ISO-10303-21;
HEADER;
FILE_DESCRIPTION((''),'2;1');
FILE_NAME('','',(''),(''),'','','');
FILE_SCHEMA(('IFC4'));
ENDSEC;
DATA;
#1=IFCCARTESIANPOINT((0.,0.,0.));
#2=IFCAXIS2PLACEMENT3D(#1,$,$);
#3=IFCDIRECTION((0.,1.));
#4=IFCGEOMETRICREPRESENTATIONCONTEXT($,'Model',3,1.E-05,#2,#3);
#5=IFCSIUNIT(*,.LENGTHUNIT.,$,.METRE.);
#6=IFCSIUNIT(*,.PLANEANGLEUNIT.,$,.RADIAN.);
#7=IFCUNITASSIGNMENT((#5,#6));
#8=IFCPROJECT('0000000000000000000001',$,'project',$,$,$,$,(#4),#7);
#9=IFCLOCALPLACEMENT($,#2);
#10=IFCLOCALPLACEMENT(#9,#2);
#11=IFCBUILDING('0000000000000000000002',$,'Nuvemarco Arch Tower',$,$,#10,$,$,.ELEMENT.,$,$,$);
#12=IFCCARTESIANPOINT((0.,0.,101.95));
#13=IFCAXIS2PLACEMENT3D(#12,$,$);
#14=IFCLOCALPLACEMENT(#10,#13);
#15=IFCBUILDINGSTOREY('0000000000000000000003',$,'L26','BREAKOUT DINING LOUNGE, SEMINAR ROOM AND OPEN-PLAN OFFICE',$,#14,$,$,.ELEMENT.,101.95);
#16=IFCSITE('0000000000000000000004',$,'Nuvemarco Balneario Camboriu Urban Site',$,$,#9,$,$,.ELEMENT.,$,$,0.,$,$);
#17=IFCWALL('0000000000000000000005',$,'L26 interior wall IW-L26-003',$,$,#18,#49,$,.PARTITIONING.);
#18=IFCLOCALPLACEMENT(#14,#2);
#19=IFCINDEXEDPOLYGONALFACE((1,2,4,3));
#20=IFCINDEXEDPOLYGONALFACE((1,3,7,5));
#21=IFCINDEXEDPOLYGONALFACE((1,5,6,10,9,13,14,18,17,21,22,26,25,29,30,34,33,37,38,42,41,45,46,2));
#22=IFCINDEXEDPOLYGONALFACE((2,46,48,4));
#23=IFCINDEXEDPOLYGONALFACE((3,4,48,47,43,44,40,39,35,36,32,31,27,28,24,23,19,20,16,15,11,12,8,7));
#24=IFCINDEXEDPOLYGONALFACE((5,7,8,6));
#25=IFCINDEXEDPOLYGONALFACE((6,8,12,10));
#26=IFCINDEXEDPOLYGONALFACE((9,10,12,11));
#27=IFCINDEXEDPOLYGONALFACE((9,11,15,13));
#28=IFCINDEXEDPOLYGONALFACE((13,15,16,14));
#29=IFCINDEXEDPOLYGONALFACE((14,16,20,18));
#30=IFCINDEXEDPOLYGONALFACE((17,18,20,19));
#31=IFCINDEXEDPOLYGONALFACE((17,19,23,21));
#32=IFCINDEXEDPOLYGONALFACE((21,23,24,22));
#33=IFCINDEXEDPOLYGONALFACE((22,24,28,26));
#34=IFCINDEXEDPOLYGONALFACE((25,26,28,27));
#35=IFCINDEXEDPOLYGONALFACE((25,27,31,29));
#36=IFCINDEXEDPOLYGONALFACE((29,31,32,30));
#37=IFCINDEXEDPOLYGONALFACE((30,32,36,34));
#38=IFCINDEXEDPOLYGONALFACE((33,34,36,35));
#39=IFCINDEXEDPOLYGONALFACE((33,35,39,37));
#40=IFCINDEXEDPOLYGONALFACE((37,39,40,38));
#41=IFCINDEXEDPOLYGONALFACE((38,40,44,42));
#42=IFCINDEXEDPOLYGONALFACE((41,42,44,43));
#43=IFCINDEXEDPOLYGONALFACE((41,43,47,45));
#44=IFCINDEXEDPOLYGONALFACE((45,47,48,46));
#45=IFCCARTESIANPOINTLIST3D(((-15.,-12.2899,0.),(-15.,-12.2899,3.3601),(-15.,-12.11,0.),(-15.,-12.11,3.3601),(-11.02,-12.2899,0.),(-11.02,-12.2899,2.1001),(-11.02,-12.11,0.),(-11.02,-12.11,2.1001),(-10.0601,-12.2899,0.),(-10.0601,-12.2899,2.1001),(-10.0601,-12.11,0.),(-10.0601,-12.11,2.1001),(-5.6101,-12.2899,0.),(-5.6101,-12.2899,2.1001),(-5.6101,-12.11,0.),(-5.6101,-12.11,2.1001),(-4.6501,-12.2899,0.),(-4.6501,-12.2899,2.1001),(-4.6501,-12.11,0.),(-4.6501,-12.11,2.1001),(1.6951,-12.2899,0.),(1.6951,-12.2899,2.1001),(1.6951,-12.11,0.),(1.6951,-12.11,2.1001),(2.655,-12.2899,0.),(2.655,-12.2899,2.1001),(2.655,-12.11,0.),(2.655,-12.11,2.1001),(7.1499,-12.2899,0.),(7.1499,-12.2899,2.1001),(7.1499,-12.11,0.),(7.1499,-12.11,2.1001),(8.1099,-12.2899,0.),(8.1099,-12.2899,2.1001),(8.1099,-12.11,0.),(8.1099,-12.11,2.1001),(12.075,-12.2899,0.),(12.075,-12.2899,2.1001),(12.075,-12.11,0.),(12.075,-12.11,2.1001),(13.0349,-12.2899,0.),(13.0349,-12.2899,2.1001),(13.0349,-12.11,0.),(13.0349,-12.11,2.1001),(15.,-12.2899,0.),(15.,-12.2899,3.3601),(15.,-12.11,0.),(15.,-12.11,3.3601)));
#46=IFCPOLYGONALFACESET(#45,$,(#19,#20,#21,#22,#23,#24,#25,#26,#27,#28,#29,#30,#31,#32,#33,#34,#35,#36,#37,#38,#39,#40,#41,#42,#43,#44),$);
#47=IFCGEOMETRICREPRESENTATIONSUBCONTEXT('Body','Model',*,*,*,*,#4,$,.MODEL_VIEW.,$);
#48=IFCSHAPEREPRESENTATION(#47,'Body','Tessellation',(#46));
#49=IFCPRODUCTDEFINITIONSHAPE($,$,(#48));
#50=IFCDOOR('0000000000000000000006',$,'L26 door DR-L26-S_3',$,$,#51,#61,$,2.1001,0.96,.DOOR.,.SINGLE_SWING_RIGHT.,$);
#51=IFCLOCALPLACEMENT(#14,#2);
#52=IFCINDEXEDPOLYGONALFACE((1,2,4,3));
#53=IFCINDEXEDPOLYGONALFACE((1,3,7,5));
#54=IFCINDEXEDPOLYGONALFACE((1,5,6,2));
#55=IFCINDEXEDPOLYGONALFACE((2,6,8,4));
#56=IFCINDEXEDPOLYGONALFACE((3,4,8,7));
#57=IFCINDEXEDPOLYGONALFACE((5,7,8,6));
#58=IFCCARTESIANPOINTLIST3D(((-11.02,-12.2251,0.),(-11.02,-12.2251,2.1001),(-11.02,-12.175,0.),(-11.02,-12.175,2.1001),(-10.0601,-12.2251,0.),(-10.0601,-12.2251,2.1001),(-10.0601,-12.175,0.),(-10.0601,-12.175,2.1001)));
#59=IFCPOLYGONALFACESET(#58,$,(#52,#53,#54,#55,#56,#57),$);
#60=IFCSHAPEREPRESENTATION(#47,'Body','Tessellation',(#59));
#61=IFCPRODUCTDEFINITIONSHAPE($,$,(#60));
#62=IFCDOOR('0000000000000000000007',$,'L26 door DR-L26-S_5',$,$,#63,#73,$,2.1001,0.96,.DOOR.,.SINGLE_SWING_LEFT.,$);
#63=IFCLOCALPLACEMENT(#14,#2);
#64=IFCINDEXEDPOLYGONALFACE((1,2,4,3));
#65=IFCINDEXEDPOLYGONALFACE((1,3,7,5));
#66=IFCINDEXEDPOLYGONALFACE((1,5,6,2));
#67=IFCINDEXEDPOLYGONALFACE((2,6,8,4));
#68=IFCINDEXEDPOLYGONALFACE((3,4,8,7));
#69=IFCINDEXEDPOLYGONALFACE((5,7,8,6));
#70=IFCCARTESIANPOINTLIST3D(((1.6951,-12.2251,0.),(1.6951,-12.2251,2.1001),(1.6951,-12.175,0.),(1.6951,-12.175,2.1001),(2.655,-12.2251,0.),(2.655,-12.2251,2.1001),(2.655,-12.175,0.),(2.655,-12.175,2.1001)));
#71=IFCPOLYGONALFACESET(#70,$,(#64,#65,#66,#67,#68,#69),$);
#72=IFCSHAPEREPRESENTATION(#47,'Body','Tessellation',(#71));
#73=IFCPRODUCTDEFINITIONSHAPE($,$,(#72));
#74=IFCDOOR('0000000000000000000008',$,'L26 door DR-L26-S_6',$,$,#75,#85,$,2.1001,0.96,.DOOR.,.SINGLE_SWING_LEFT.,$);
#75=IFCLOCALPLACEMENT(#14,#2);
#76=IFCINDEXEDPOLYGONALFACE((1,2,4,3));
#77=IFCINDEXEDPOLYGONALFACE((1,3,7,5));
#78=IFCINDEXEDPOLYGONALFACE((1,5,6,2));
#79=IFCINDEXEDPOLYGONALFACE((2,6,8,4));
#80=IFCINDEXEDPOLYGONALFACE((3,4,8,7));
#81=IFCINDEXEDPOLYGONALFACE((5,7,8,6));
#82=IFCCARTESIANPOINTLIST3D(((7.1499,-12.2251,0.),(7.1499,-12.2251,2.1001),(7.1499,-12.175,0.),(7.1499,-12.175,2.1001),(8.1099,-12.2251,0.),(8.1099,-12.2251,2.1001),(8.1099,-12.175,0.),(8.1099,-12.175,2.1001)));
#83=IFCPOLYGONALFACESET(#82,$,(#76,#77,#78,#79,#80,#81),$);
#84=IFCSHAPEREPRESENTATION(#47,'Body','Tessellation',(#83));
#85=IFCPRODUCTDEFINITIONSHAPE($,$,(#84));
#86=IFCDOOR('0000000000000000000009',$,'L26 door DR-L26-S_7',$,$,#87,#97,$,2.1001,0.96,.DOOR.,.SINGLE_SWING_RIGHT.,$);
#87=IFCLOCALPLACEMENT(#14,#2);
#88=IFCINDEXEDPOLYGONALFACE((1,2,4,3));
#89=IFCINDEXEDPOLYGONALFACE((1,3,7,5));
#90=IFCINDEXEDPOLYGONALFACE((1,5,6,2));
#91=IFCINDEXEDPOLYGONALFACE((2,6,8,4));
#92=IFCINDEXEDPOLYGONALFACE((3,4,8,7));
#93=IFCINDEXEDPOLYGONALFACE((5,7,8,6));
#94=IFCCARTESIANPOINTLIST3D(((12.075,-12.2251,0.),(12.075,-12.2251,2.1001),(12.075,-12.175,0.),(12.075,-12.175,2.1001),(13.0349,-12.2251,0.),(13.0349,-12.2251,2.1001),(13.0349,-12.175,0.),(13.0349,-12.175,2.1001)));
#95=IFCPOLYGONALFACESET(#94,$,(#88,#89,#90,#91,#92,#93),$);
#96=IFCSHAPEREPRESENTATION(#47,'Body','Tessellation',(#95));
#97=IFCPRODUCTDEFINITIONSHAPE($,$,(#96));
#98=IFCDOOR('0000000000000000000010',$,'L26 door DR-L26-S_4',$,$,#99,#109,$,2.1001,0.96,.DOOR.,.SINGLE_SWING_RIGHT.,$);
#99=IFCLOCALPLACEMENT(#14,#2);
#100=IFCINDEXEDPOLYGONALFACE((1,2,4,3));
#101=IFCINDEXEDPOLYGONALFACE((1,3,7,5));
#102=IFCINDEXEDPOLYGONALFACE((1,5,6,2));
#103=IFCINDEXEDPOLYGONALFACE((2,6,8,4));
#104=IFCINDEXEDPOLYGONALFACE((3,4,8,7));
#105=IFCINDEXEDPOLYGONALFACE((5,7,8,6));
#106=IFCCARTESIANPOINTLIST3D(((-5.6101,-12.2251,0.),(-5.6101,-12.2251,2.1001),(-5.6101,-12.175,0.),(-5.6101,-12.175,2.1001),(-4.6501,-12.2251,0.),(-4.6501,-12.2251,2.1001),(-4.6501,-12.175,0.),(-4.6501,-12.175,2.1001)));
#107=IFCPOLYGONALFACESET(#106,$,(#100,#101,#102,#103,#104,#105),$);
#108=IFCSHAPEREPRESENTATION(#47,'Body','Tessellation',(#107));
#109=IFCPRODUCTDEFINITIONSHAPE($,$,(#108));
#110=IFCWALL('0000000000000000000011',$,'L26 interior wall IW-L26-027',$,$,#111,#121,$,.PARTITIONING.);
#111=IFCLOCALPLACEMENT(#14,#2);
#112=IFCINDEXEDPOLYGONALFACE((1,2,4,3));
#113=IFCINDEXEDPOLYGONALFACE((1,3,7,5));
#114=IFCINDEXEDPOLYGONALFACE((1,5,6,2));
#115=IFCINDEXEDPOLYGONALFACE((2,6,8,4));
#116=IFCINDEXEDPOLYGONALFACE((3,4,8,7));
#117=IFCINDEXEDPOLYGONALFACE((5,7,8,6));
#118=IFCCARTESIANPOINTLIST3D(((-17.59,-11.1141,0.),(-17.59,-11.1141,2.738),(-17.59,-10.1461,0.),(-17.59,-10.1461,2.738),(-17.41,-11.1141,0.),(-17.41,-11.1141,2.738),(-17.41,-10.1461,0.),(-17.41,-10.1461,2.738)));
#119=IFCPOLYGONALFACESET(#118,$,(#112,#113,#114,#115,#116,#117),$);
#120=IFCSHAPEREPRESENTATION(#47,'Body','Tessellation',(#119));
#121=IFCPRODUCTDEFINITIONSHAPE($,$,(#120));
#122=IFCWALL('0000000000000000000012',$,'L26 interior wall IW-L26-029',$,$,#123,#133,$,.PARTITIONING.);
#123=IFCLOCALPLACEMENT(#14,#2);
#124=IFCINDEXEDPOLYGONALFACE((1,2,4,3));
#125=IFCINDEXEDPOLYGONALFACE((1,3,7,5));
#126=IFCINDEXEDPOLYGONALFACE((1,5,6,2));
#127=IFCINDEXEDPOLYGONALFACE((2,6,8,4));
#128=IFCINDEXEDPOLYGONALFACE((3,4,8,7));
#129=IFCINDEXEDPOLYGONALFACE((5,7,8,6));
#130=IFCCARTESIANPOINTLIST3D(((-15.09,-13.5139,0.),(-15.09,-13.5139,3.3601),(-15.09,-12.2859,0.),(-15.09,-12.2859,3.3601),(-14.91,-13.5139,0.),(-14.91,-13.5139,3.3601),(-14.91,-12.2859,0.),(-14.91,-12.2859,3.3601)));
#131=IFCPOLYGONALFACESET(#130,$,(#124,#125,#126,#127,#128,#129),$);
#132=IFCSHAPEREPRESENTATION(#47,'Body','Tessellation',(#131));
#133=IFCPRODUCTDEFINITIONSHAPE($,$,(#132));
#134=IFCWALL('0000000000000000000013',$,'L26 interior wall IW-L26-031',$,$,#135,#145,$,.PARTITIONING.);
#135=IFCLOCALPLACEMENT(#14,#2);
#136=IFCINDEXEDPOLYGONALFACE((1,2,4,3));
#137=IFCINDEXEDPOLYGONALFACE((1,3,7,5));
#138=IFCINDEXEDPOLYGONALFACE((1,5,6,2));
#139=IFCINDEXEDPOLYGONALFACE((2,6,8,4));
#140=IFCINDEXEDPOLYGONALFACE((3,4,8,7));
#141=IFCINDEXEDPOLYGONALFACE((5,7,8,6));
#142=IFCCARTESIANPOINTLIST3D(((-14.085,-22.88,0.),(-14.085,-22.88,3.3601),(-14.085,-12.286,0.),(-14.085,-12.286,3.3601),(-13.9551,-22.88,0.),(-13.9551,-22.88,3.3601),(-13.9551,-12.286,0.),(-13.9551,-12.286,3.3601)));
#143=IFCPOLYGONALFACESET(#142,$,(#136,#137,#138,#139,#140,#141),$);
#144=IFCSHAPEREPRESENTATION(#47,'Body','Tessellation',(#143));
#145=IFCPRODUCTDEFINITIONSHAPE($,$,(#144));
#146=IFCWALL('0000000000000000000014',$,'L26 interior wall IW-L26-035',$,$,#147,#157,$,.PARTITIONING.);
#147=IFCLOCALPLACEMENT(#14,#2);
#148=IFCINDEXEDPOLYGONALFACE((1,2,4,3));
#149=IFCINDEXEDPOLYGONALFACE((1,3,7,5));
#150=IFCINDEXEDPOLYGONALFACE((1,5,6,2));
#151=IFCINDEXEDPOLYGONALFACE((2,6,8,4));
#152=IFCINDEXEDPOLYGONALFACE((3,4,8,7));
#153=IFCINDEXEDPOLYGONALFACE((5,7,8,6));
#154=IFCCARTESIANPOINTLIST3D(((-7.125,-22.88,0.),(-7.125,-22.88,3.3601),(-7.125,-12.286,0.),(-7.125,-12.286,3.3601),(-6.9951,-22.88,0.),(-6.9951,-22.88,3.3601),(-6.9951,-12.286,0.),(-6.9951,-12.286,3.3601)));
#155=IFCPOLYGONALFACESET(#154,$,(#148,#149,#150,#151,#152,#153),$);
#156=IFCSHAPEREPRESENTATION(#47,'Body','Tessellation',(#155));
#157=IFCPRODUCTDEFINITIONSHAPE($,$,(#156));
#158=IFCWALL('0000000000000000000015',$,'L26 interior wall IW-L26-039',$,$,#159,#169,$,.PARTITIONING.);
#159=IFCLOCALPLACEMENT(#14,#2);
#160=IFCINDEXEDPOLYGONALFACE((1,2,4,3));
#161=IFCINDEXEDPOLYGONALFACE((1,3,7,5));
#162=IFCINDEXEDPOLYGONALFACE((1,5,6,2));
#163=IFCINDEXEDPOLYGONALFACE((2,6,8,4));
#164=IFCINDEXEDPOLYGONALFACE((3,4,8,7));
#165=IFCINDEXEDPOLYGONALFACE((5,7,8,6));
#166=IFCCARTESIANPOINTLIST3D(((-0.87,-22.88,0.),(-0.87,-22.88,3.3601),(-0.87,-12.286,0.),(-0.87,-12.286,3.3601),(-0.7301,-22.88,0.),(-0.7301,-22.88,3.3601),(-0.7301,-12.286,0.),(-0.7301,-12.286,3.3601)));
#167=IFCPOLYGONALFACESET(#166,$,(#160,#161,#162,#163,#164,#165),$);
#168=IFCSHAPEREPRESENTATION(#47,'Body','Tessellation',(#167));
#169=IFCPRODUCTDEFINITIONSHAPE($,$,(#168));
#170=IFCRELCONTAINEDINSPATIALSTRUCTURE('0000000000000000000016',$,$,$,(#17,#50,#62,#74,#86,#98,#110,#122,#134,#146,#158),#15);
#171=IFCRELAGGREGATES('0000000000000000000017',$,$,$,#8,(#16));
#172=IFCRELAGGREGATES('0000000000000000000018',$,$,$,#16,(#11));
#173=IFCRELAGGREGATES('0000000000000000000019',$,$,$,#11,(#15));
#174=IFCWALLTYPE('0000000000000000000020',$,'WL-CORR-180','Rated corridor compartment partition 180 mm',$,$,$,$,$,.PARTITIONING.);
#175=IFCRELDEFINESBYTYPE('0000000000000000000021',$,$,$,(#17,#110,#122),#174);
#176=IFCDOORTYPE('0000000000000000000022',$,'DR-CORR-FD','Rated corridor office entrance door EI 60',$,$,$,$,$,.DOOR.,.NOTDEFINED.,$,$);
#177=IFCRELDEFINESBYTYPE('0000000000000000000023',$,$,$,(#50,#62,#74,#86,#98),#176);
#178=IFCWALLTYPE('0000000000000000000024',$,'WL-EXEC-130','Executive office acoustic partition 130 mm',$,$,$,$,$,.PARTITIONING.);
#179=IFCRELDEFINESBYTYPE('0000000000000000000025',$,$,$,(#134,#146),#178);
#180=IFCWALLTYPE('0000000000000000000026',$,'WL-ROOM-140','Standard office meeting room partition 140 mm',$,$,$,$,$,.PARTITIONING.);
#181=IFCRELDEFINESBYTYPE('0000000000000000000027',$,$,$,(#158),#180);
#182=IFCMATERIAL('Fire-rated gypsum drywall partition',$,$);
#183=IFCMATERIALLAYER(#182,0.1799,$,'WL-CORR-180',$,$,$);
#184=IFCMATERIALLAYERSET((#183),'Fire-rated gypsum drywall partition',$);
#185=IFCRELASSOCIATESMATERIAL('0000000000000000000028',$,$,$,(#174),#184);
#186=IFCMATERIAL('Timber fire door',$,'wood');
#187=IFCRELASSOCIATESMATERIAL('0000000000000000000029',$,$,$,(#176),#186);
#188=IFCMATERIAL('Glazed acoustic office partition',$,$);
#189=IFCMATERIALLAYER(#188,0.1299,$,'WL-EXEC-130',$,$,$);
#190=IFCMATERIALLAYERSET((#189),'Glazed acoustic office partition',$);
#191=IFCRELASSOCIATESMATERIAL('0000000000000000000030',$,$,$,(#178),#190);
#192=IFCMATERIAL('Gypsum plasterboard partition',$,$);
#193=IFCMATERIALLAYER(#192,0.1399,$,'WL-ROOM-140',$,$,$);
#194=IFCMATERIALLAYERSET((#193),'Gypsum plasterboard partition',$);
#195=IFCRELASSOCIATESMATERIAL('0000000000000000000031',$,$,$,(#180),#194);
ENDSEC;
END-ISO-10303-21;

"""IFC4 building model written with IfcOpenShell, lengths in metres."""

from ifc_helpers import new_model, si_unit, direction, frame, frame_2d, origin, place, context, subcontext, project, spatial, rectangle, extrude, source, transform, mapped, material, layer, layer_set, type_object, type_shapes, element, fill, save


model = new_model("IFC4")

# Units and contexts
model_context = context("Model", 3, precision=1e-05, world=origin(), true_north=direction((0.0, 1.0)))
body_context = subcontext(model_context, "Body", "Model", "MODEL_VIEW")
ifc_project = project(units=[si_unit("LENGTHUNIT", "METRE"), si_unit("PLANEANGLEUNIT", "RADIAN")], contexts=[model_context])

# Site, building, storey
site_placement = place(None, origin())
site = spatial("IfcSite", under=ifc_project, at=site_placement, Name="Nuvemarco Balneario Camboriu Urban Site", CompositionType="ELEMENT", RefElevation=0.0)
building_placement = place(site_placement, origin())
building = spatial("IfcBuilding", under=site, at=building_placement, Name="Nuvemarco Arch Tower", CompositionType="ELEMENT")
storey_placement = place(building_placement, frame((0.0, 0.0, 101.95)))
storey = spatial("IfcBuildingStorey", under=building, at=storey_placement, Name="L26", Description="BREAKOUT DINING LOUNGE, SEMINAR ROOM AND OPEN-PLAN OFFICE", CompositionType="ELEMENT", Elevation=101.95)

# Wall, openings, doors
ifc_material_1 = material(Name="Fire-rated gypsum drywall partition")
ifc_layer_1 = layer(ifc_material_1, 0.1799, Name="WL-CORR-180")
ifc_layer_set_1 = layer_set([ifc_layer_1], Name="Fire-rated gypsum drywall partition")
wall_type_1 = type_object("IfcWallType", Name="WL-CORR-180", Description="Rated corridor compartment partition 180 mm", PredefinedType="PARTITIONING", material=ifc_layer_set_1)
wall_1_placement = place(storey_placement, frame((-15.0, -12.2, 0.0), z_axis=(0.0, 0.0, 1.0), x_axis=(1.0, 0.0, 0.0)))
wall_1 = element("IfcWall", 1, at=wall_1_placement, inside=storey, type_object=wall_type_1, Name="L26 interior wall IW-L26-003", PredefinedType="PARTITIONING", context=body_context, shape_type="SweptSolid", body=[
    extrude(rectangle(XDim=30.0, YDim=0.1799, at=frame_2d((15.0, 0.0))), origin(), (0.0, 0.0, 1.0), 3.3601),
])
opening_1_placement = place(wall_1_placement, frame((3.98, 0.0, 0.0)))
opening_1 = element("IfcOpeningElement", 2, at=opening_1_placement, cuts=wall_1, PredefinedType="OPENING", context=body_context, shape_type="SweptSolid", body=[
    extrude(rectangle(XDim=0.96, YDim=2.1001, at=frame_2d((0.48, 1.05))), frame((0.0, 0.0999, 0.0), z_axis=(0.0, -1.0, 0.0), x_axis=(1.0, 0.0, 0.0)), (0.0, 0.0, 1.0), 0.2),
])
opening_2_placement = place(wall_1_placement, frame((16.6951, 0.0, 0.0)))
opening_2 = element("IfcOpeningElement", 3, at=opening_2_placement, cuts=wall_1, PredefinedType="OPENING", context=body_context, shape_type="SweptSolid", body=[
    extrude(rectangle(XDim=0.96, YDim=2.1001, at=frame_2d((0.48, 1.05))), frame((0.0, 0.0999, 0.0), z_axis=(0.0, -1.0, 0.0), x_axis=(1.0, 0.0, 0.0)), (0.0, 0.0, 1.0), 0.2),
])
opening_3_placement = place(wall_1_placement, frame((22.1499, 0.0, 0.0)))
opening_3 = element("IfcOpeningElement", 4, at=opening_3_placement, cuts=wall_1, PredefinedType="OPENING", context=body_context, shape_type="SweptSolid", body=[
    extrude(rectangle(XDim=0.96, YDim=2.1001, at=frame_2d((0.48, 1.05))), frame((0.0, 0.0999, 0.0), z_axis=(0.0, -1.0, 0.0), x_axis=(1.0, 0.0, 0.0)), (0.0, 0.0, 1.0), 0.2),
])
opening_4_placement = place(wall_1_placement, frame((27.075, 0.0, 0.0)))
opening_4 = element("IfcOpeningElement", 5, at=opening_4_placement, cuts=wall_1, PredefinedType="OPENING", context=body_context, shape_type="SweptSolid", body=[
    extrude(rectangle(XDim=0.96, YDim=2.1001, at=frame_2d((0.48, 1.05))), frame((0.0, 0.0999, 0.0), z_axis=(0.0, -1.0, 0.0), x_axis=(1.0, 0.0, 0.0)), (0.0, 0.0, 1.0), 0.2),
])
opening_5_placement = place(wall_1_placement, frame((9.3899, 0.0, 0.0)))
opening_5 = element("IfcOpeningElement", 6, at=opening_5_placement, cuts=wall_1, PredefinedType="OPENING", context=body_context, shape_type="SweptSolid", body=[
    extrude(rectangle(XDim=0.96, YDim=2.1001, at=frame_2d((0.48, 1.05))), frame((0.0, 0.0999, 0.0), z_axis=(0.0, -1.0, 0.0), x_axis=(1.0, 0.0, 0.0)), (0.0, 0.0, 1.0), 0.2),
])
ifc_material_2 = material(Name="Timber fire door", Category="wood")
door_type = type_object("IfcDoorType", Name="DR-CORR-FD", Description="Rated corridor office entrance door EI 60", OperationType="NOTDEFINED", PredefinedType="DOOR", material=ifc_material_2)
shared_shape_1 = source(origin(), body_context, "Body", "SweptSolid", [
    extrude(rectangle(XDim=0.96, YDim=2.1001, at=frame_2d((0.48, 1.05))), frame((0.0, 0.0249, 0.0), z_axis=(0.0, -1.0, 0.0), x_axis=(1.0, 0.0, 0.0)), (0.0, 0.0, 1.0), 0.05),
])
type_shapes(door_type, [shared_shape_1])
door_1_placement = place(opening_1_placement, origin())
door_1 = element("IfcDoor", 7, at=door_1_placement, inside=storey, type_object=door_type, Name="L26 door DR-L26-S_3", OperationType="SINGLE_SWING_RIGHT", OverallHeight=2.1001, OverallWidth=0.96, PredefinedType="DOOR", context=body_context, shape_type="MappedRepresentation", body=[
    mapped(shared_shape_1, transform((0.0, 0.0, 0.0), scale=1.0)),
])
fill(opening_1, door_1)
door_2_placement = place(opening_2_placement, origin())
door_2 = element("IfcDoor", 8, at=door_2_placement, inside=storey, type_object=door_type, Name="L26 door DR-L26-S_5", OperationType="SINGLE_SWING_LEFT", OverallHeight=2.1001, OverallWidth=0.96, PredefinedType="DOOR", context=body_context, shape_type="MappedRepresentation", body=[
    mapped(shared_shape_1, transform((0.0, 0.0, 0.0), scale=1.0)),
])
fill(opening_2, door_2)
door_3_placement = place(opening_3_placement, origin())
door_3 = element("IfcDoor", 9, at=door_3_placement, inside=storey, type_object=door_type, Name="L26 door DR-L26-S_6", OperationType="SINGLE_SWING_LEFT", OverallHeight=2.1001, OverallWidth=0.96, PredefinedType="DOOR", context=body_context, shape_type="MappedRepresentation", body=[
    mapped(shared_shape_1, transform((0.0, 0.0, 0.0), scale=1.0)),
])
fill(opening_3, door_3)
door_4_placement = place(opening_4_placement, origin())
door_4 = element("IfcDoor", 10, at=door_4_placement, inside=storey, type_object=door_type, Name="L26 door DR-L26-S_7", OperationType="SINGLE_SWING_RIGHT", OverallHeight=2.1001, OverallWidth=0.96, PredefinedType="DOOR", context=body_context, shape_type="MappedRepresentation", body=[
    mapped(shared_shape_1, transform((0.0, 0.0, 0.0), scale=1.0)),
])
fill(opening_4, door_4)
door_5_placement = place(opening_5_placement, origin())
door_5 = element("IfcDoor", 11, at=door_5_placement, inside=storey, type_object=door_type, Name="L26 door DR-L26-S_4", OperationType="SINGLE_SWING_RIGHT", OverallHeight=2.1001, OverallWidth=0.96, PredefinedType="DOOR", context=body_context, shape_type="MappedRepresentation", body=[
    mapped(shared_shape_1, transform((0.0, 0.0, 0.0), scale=1.0)),
])
fill(opening_5, door_5)

# Walls
wall_2_placement = place(storey_placement, frame((-17.5, -11.114, 0.0), z_axis=(0.0, 0.0, 1.0), x_axis=(0.0, 1.0, 0.0)))
element("IfcWall", 12, at=wall_2_placement, inside=storey, type_object=wall_type_1, Name="L26 interior wall IW-L26-027", PredefinedType="PARTITIONING", context=body_context, shape_type="SweptSolid", body=[
    extrude(rectangle(XDim=0.968, YDim=0.1799, at=frame_2d((0.4839, 0.0))), origin(), (0.0, 0.0, 1.0), 2.738),
])
wall_3_placement = place(storey_placement, frame((-15.0, -13.5139, 0.0), z_axis=(0.0, 0.0, 1.0), x_axis=(0.0, 1.0, 0.0)))
element("IfcWall", 13, at=wall_3_placement, inside=storey, type_object=wall_type_1, Name="L26 interior wall IW-L26-029", PredefinedType="PARTITIONING", context=body_context, shape_type="SweptSolid", body=[
    extrude(rectangle(XDim=1.228, YDim=0.1799, at=frame_2d((0.614, 0.0))), origin(), (0.0, 0.0, 1.0), 3.3601),
])
ifc_material_3 = material(Name="Glazed acoustic office partition")
ifc_layer_2 = layer(ifc_material_3, 0.1299, Name="WL-EXEC-130")
ifc_layer_set_2 = layer_set([ifc_layer_2], Name="Glazed acoustic office partition")
wall_type_2 = type_object("IfcWallType", Name="WL-EXEC-130", Description="Executive office acoustic partition 130 mm", PredefinedType="PARTITIONING", material=ifc_layer_set_2)
for number, where, z_axis, x_axis, name in (
    (14, (-14.02, -22.8799, 0.0), (0.0, 0.0, 1.0), (0.0, 1.0, 0.0), "L26 interior wall IW-L26-031"),
    (15, (-7.0601, -22.8799, 0.0), (0.0, 0.0, 1.0), (0.0, 1.0, 0.0), "L26 interior wall IW-L26-035"),
):
    element("IfcWall", number, at=place(storey_placement, frame(where, z_axis=z_axis, x_axis=x_axis)), inside=storey, type_object=wall_type_2, Name=name, PredefinedType="PARTITIONING", context=body_context, shape_type="SweptSolid", body=[
        extrude(rectangle(XDim=10.594, YDim=0.1299, at=frame_2d((5.2969, 0.0))), origin(), (0.0, 0.0, 1.0), 3.3601),
    ])
ifc_material_4 = material(Name="Gypsum plasterboard partition")
ifc_layer_3 = layer(ifc_material_4, 0.1399, Name="WL-ROOM-140")
ifc_layer_set_3 = layer_set([ifc_layer_3], Name="Gypsum plasterboard partition")
wall_type_3 = type_object("IfcWallType", Name="WL-ROOM-140", Description="Standard office meeting room partition 140 mm", PredefinedType="PARTITIONING", material=ifc_layer_set_3)
wall_4_placement = place(storey_placement, frame((-0.8, -22.8799, 0.0), z_axis=(0.0, 0.0, 1.0), x_axis=(0.0, 1.0, 0.0)))
element("IfcWall", 16, at=wall_4_placement, inside=storey, type_object=wall_type_3, Name="L26 interior wall IW-L26-039", PredefinedType="PARTITIONING", context=body_context, shape_type="SweptSolid", body=[
    extrude(rectangle(XDim=10.594, YDim=0.1399, at=frame_2d((5.2969, 0.0))), origin(), (0.0, 0.0, 1.0), 3.3601),
])

save(model, "model.ifc")
